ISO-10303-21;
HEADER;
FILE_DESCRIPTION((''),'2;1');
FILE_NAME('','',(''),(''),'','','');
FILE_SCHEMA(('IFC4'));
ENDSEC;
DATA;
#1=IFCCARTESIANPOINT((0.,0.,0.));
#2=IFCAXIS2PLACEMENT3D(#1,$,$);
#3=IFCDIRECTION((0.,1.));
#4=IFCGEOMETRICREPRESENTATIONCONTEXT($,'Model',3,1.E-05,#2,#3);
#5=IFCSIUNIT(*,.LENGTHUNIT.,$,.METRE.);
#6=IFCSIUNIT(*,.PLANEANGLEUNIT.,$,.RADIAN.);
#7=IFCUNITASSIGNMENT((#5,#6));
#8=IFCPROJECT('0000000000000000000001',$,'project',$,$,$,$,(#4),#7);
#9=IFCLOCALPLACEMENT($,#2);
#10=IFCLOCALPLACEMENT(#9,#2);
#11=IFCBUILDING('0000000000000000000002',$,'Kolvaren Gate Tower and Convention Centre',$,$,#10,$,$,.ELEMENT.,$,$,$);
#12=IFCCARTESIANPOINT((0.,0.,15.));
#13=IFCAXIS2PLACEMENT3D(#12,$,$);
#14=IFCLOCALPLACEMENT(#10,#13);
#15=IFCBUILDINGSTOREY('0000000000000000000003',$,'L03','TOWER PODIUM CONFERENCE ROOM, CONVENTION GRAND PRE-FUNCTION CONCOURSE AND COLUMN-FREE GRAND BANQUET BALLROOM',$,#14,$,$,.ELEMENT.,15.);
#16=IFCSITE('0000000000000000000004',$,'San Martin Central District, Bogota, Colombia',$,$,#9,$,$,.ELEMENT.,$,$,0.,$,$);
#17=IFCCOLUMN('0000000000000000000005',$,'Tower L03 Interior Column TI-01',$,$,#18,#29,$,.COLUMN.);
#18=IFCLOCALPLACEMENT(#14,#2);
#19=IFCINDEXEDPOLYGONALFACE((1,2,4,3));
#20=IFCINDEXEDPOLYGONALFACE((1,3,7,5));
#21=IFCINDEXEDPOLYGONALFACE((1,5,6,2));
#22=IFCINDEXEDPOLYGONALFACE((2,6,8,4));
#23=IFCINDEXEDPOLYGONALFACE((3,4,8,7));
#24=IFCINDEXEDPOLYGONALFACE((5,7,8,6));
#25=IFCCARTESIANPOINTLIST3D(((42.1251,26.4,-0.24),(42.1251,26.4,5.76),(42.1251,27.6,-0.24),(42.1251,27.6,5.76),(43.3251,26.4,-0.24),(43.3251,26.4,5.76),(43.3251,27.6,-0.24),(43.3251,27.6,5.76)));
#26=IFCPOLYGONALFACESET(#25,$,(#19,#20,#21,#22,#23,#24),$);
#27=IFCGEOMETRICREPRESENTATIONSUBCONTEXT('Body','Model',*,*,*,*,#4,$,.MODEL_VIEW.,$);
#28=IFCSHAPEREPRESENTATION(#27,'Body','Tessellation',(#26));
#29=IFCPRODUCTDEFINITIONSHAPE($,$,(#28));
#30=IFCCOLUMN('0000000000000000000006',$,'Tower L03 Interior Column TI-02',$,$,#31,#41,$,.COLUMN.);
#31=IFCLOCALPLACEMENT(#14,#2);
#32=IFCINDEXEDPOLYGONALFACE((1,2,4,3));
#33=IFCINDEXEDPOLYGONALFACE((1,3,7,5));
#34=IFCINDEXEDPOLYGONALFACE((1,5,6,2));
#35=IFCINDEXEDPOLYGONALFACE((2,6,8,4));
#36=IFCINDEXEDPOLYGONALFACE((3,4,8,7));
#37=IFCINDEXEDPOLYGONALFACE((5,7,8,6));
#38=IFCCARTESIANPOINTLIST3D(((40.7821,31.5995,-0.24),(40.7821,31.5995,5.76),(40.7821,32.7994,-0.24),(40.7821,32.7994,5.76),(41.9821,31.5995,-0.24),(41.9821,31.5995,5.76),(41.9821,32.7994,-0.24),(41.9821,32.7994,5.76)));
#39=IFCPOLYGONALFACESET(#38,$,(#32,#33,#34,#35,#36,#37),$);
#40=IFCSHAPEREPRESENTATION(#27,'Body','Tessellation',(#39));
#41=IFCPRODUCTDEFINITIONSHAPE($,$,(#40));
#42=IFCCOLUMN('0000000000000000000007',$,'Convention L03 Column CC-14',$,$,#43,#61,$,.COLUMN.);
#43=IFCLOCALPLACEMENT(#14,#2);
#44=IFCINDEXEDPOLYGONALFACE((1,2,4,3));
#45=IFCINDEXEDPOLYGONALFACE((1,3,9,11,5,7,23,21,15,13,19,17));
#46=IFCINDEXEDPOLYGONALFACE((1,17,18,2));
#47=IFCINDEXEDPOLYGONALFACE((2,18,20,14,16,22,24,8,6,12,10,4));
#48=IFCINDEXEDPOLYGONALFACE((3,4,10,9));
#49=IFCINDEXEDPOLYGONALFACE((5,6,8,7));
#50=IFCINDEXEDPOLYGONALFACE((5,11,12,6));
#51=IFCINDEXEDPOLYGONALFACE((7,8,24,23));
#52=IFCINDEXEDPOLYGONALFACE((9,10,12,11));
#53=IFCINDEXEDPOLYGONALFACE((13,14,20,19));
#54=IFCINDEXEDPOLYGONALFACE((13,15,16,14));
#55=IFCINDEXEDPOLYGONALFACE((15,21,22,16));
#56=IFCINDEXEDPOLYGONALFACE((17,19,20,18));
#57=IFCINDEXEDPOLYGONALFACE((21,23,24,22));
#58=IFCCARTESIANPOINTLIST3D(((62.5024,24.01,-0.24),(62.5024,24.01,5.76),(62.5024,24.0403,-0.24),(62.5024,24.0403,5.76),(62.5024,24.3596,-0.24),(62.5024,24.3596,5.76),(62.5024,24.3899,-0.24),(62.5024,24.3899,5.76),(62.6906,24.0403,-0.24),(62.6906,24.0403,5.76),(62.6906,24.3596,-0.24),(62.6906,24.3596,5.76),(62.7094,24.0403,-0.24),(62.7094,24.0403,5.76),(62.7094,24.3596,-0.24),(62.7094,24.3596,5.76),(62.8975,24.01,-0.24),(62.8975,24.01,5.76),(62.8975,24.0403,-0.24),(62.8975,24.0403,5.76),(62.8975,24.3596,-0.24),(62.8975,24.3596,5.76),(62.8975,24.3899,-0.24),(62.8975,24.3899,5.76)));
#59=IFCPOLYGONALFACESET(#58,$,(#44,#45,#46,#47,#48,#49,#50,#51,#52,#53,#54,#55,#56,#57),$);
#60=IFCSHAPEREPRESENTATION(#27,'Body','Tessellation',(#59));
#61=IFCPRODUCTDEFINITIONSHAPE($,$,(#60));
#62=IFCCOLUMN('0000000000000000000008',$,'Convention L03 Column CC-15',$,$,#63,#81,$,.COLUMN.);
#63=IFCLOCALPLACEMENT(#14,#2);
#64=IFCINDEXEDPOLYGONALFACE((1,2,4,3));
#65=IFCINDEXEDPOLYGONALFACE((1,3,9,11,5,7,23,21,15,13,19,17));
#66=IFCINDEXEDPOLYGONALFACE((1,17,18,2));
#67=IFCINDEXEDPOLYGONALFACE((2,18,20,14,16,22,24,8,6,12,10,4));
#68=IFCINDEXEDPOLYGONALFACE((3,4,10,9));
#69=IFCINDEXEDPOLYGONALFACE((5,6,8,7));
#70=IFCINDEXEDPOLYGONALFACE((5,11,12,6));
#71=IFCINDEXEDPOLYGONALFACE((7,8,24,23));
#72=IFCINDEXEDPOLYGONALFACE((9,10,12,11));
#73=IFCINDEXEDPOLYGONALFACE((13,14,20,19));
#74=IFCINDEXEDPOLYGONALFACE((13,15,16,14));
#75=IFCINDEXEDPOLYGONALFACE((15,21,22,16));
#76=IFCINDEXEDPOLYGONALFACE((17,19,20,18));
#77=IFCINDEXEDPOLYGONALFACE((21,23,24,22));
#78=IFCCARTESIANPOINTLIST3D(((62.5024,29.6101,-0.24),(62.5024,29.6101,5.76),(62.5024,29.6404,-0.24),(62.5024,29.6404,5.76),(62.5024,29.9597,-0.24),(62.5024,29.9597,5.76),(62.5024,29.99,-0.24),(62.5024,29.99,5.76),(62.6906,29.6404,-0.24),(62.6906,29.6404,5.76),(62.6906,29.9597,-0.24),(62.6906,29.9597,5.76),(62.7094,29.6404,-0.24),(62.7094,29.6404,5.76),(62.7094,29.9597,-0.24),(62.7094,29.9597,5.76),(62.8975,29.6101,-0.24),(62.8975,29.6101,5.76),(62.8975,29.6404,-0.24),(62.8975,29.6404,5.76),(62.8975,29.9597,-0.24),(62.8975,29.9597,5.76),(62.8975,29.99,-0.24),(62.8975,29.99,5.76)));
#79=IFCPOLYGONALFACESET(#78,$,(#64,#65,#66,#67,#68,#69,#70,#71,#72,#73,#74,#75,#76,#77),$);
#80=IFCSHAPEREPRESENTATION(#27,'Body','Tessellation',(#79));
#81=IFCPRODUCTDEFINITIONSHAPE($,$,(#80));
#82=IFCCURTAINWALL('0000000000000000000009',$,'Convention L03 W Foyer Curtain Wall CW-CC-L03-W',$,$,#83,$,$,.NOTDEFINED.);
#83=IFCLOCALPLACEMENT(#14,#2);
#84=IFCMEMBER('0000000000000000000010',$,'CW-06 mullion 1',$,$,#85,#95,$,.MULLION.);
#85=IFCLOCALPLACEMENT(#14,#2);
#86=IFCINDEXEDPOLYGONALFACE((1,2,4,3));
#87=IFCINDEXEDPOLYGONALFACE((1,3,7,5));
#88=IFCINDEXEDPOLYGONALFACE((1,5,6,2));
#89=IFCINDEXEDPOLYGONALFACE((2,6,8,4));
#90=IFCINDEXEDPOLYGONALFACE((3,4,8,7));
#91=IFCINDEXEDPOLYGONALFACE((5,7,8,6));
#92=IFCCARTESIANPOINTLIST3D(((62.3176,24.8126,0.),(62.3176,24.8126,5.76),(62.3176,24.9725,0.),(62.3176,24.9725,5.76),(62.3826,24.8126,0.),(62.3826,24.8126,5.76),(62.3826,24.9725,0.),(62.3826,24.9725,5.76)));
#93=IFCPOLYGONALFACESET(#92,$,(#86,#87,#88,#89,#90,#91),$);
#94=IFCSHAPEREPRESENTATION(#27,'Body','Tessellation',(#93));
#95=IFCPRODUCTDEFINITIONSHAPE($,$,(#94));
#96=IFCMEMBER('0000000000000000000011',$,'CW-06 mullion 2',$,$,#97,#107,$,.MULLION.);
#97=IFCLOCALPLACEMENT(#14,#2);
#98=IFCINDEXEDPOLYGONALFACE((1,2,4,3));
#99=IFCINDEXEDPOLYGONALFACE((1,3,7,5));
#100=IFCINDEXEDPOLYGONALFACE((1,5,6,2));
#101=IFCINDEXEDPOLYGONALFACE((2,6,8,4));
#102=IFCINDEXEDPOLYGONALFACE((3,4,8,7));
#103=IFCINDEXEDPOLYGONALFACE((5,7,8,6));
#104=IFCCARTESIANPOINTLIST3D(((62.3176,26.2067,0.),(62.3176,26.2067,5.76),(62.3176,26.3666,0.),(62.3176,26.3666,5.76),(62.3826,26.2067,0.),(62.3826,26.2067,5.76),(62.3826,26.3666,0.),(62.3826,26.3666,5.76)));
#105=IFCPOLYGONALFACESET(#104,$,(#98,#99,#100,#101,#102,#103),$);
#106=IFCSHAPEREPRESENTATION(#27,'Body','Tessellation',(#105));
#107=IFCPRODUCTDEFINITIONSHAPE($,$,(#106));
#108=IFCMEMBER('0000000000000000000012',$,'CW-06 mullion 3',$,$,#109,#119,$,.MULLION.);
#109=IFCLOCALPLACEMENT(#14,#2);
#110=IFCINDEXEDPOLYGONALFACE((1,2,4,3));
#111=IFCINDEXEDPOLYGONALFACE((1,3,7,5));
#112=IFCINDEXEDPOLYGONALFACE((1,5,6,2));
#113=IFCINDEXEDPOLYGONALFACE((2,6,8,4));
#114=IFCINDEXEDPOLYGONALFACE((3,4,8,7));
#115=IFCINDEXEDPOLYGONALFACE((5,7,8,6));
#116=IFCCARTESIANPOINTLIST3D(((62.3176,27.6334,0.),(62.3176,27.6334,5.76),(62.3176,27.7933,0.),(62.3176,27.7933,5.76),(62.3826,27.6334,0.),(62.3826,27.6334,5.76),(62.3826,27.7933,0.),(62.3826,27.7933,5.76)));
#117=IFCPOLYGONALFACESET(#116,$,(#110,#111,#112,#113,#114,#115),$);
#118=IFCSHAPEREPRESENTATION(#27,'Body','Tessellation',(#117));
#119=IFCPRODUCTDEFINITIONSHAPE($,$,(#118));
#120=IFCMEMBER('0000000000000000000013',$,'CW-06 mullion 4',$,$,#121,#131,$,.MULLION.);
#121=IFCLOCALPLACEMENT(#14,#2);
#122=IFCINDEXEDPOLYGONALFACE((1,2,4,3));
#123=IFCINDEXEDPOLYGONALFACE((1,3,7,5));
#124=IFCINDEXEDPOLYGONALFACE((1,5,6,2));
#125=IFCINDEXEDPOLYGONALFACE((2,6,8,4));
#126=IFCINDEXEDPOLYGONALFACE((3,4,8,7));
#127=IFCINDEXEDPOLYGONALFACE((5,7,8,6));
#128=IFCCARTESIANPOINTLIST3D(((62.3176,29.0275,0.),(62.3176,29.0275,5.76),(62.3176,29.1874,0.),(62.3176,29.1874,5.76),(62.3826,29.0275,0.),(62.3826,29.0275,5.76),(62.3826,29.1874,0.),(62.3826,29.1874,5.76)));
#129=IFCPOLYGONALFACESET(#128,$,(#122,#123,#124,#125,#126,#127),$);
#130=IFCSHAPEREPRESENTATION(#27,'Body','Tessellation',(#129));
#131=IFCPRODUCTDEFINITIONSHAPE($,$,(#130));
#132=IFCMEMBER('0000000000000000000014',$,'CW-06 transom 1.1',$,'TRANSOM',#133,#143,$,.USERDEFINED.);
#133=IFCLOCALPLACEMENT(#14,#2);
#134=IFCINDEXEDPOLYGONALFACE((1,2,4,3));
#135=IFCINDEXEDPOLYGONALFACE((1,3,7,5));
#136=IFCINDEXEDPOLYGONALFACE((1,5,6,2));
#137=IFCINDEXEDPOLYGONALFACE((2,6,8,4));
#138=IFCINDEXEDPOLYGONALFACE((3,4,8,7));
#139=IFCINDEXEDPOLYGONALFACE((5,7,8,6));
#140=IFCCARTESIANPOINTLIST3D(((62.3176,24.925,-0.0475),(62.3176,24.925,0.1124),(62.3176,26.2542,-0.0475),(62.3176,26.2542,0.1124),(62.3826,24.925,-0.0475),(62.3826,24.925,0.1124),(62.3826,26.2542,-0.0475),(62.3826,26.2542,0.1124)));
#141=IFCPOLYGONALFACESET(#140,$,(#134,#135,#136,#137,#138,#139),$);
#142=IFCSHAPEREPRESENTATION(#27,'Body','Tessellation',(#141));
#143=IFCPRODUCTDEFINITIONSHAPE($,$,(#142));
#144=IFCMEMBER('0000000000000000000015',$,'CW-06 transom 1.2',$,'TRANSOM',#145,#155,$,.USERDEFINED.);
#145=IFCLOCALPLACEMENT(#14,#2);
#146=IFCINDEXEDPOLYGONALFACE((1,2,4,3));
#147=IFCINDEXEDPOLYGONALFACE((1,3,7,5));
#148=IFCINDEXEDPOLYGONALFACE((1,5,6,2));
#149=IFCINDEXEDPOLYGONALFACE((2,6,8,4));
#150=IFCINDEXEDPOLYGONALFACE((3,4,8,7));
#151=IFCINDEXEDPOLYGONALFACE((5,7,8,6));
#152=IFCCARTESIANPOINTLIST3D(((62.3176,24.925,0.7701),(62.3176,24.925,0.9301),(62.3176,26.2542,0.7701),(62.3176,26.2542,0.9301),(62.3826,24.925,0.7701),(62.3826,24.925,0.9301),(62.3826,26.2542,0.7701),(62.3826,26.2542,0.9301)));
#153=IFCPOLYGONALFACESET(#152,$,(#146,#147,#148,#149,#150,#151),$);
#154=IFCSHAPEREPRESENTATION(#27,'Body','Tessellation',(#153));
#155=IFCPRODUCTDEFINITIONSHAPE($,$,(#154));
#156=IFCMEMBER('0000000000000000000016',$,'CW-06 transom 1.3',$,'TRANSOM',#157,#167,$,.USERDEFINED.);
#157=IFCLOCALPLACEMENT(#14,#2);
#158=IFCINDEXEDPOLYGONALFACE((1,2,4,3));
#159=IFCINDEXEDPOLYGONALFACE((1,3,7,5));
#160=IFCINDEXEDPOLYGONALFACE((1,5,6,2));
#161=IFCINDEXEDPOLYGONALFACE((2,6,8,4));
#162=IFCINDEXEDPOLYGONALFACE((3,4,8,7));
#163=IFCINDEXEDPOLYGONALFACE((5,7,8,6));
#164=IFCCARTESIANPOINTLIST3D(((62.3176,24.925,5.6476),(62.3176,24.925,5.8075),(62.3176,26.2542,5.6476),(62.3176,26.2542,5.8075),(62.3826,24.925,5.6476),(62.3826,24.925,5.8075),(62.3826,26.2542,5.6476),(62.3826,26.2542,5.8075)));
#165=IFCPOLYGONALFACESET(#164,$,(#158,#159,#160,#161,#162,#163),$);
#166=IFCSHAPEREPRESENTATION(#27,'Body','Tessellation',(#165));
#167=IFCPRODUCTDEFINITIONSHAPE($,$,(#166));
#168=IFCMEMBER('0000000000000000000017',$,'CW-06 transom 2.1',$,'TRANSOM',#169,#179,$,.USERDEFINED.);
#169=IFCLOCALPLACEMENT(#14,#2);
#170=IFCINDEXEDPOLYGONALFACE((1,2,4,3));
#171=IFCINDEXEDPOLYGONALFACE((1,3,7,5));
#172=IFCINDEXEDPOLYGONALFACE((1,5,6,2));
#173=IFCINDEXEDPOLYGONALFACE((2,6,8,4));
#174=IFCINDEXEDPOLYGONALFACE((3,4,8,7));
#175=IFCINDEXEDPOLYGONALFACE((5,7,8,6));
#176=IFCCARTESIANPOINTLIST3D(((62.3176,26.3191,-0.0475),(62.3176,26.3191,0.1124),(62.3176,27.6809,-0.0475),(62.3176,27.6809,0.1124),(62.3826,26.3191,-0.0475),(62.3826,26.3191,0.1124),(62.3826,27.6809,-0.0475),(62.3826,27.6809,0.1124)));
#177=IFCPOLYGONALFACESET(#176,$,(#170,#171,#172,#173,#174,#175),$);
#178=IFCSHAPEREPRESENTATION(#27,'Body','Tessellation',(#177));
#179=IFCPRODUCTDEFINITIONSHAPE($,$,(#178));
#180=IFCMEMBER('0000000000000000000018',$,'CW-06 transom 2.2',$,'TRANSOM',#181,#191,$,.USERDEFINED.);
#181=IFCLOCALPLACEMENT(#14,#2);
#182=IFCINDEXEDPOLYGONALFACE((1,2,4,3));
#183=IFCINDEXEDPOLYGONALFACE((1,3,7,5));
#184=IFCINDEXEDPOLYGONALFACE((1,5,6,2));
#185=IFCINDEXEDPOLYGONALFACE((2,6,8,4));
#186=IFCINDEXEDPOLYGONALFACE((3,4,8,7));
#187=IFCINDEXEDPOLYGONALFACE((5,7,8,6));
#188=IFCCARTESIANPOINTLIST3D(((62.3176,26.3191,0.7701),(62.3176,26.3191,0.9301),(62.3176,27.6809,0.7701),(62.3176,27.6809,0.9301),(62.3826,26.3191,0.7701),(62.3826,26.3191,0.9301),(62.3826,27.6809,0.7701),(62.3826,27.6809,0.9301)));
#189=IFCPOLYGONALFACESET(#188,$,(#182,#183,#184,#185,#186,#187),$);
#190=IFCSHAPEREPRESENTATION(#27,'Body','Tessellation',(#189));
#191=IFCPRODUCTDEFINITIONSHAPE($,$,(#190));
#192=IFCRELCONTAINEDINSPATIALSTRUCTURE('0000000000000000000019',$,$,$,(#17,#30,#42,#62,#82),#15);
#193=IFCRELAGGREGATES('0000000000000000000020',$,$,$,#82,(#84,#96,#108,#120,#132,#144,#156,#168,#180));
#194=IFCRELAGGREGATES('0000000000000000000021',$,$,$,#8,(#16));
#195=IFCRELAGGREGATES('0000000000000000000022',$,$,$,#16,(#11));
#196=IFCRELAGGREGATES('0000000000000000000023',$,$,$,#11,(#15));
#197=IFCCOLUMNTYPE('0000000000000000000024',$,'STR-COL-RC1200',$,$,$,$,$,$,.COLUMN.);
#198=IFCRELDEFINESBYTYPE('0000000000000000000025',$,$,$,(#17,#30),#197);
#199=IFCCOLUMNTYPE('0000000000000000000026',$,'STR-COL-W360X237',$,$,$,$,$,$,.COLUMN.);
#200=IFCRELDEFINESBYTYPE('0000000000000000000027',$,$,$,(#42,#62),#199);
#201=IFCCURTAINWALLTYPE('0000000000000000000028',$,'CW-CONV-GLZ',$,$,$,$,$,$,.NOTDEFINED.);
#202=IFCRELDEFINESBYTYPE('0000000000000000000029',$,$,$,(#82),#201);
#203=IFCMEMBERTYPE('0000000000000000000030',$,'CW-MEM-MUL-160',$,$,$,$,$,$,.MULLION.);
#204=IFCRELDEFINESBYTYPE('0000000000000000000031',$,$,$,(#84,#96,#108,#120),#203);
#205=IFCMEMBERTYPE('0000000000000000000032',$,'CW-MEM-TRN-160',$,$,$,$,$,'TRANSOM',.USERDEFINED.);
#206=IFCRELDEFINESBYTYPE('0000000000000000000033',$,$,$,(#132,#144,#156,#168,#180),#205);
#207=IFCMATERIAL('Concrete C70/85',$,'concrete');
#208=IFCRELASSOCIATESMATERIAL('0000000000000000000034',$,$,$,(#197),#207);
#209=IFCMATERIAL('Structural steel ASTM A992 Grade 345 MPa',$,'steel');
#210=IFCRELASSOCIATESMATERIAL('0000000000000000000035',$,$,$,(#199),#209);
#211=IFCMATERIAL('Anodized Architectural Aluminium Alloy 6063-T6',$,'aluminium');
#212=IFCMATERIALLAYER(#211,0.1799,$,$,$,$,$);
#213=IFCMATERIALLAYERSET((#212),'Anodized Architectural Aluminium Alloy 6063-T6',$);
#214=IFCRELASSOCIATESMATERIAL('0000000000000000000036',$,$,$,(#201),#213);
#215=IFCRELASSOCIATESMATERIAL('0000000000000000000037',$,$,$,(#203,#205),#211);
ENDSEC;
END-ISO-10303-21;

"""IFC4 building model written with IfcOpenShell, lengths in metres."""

from ifc_helpers import new_model, si_unit, direction, frame, origin, origin_2d, place, context, subcontext, project, spatial, rectangle, i_section, extrude, material, layer, layer_set, material_profile, profile_set, type_object, element, aggregate, save


model = new_model("IFC4")

# Units and contexts
model_context = context("Model", 3, precision=1e-05, world=origin(), true_north=direction((0.0, 1.0)))
body_context = subcontext(model_context, "Body", "Model", "MODEL_VIEW")
ifc_project = project(units=[si_unit("LENGTHUNIT", "METRE"), si_unit("PLANEANGLEUNIT", "RADIAN")], contexts=[model_context])

# Site, building, storey
site_placement = place(None, origin())
site = spatial("IfcSite", under=ifc_project, at=site_placement, Name="San Martin Central District, Bogota, Colombia", CompositionType="ELEMENT", RefElevation=0.0)
building_placement = place(site_placement, origin())
building = spatial("IfcBuilding", under=site, at=building_placement, Name="Kolvaren Gate Tower and Convention Centre", CompositionType="ELEMENT")
storey_placement = place(building_placement, frame((0.0, 0.0, 15.0)))
storey = spatial("IfcBuildingStorey", under=building, at=storey_placement, Name="L03", Description="TOWER PODIUM CONFERENCE ROOM, CONVENTION GRAND PRE-FUNCTION CONCOURSE AND COLUMN-FREE GRAND BANQUET BALLROOM", CompositionType="ELEMENT", Elevation=15.0)

# Columns
ifc_material_1 = material(Name="Concrete C70/85", Category="concrete")
ifc_material_profile_1 = material_profile(ifc_material_1, rectangle(XDim=1.2, YDim=1.2, at=origin_2d()), Name="RC-COL-1200X1200")
ifc_profile_set_1 = profile_set([ifc_material_profile_1], Name="Concrete C70/85")
column_type_1 = type_object("IfcColumnType", Name="STR-COL-RC1200", PredefinedType="COLUMN", material=ifc_profile_set_1)
for number, where, z_axis, x_axis, name in (
    (1, (42.7251, 27.0, -0.24), (0.0, 0.0, 1.0), (1.0, 0.0, 0.0), "Tower L03 Interior Column TI-01"),
    (2, (41.3821, 32.1995, -0.24), (0.0, 0.0, 1.0), (1.0, 0.0, 0.0), "Tower L03 Interior Column TI-02"),
):
    element("IfcColumn", number, at=place(storey_placement, frame(where, z_axis=z_axis, x_axis=x_axis)), inside=storey, type_object=column_type_1, Name=name, PredefinedType="COLUMN", context=body_context, shape_type="SweptSolid", body=[
        extrude(rectangle(XDim=1.2, YDim=1.2, at=origin_2d()), origin(), (0.0, 0.0, 1.0), 6.0),
    ])
ifc_material_2 = material(Name="Structural steel ASTM A992 Grade 345 MPa", Category="steel")
ifc_material_profile_2 = material_profile(ifc_material_2, i_section(OverallWidth=0.395, OverallDepth=0.3799, WebThickness=0.0188, FlangeThickness=0.0303, at=origin_2d()), Name="W360X237")
ifc_profile_set_2 = profile_set([ifc_material_profile_2], Name="Structural steel ASTM A992 Grade 345 MPa")
column_type_2 = type_object("IfcColumnType", Name="STR-COL-W360X237", PredefinedType="COLUMN", material=ifc_profile_set_2)
for number, where, z_axis, x_axis, name in (
    (3, (62.7, 24.2, -0.24), (0.0, 0.0, 1.0), (1.0, 0.0, 0.0), "Convention L03 Column CC-14"),
    (4, (62.7, 29.8, -0.24), (0.0, 0.0, 1.0), (1.0, 0.0, 0.0), "Convention L03 Column CC-15"),
):
    element("IfcColumn", number, at=place(storey_placement, frame(where, z_axis=z_axis, x_axis=x_axis)), inside=storey, type_object=column_type_2, Name=name, PredefinedType="COLUMN", context=body_context, shape_type="SweptSolid", body=[
        extrude(i_section(OverallWidth=0.395, OverallDepth=0.3799, WebThickness=0.0188, FlangeThickness=0.0303, at=origin_2d()), origin(), (0.0, 0.0, 1.0), 6.0),
    ])

# Curtain wall, members
ifc_material_3 = material(Name="Anodized Architectural Aluminium Alloy 6063-T6", Category="aluminium")
ifc_layer_1 = layer(ifc_material_3, 0.1799)
ifc_layer_set_1 = layer_set([ifc_layer_1], Name="Anodized Architectural Aluminium Alloy 6063-T6")
curtain_wall_type = type_object("IfcCurtainWallType", Name="CW-CONV-GLZ", PredefinedType="NOTDEFINED", material=ifc_layer_set_1)
curtain_wall_placement = place(storey_placement, origin())
curtain_wall = element("IfcCurtainWall", 5, at=curtain_wall_placement, inside=storey, type_object=curtain_wall_type, Name="Convention L03 W Foyer Curtain Wall CW-CC-L03-W", PredefinedType="NOTDEFINED")
ifc_material_profile_3 = material_profile(ifc_material_3, rectangle(XDim=0.0649, YDim=0.1599, at=origin_2d()), Name="CW-MEM-MUL-160")
ifc_profile_set_3 = profile_set([ifc_material_profile_3], Name="Anodized Architectural Aluminium Alloy 6063-T6")
member_type_1 = type_object("IfcMemberType", Name="CW-MEM-MUL-160", PredefinedType="MULLION", material=ifc_profile_set_3)
member_1_placement = place(storey_placement, frame((62.3501, 24.8926, 0.0), z_axis=(0.0, 0.0, 1.0), x_axis=(-1.0, 0.0, 0.0)))
member_1 = element("IfcMember", 6, at=member_1_placement, type_object=member_type_1, Name="CW-06 mullion 1", PredefinedType="MULLION", context=body_context, shape_type="SweptSolid", body=[
    extrude(rectangle(XDim=0.0649, YDim=0.1599, at=origin_2d()), origin(), (0.0, 0.0, 1.0), 5.76),
])
member_2_placement = place(storey_placement, frame((62.3501, 26.2866, 0.0), z_axis=(0.0, 0.0, 1.0), x_axis=(-1.0, 0.0, 0.0)))
member_2 = element("IfcMember", 7, at=member_2_placement, type_object=member_type_1, Name="CW-06 mullion 2", PredefinedType="MULLION", context=body_context, shape_type="SweptSolid", body=[
    extrude(rectangle(XDim=0.0649, YDim=0.1599, at=origin_2d()), origin(), (0.0, 0.0, 1.0), 5.76),
])
member_3_placement = place(storey_placement, frame((62.3501, 27.7134, 0.0), z_axis=(0.0, 0.0, 1.0), x_axis=(-1.0, 0.0, 0.0)))
member_3 = element("IfcMember", 8, at=member_3_placement, type_object=member_type_1, Name="CW-06 mullion 3", PredefinedType="MULLION", context=body_context, shape_type="SweptSolid", body=[
    extrude(rectangle(XDim=0.0649, YDim=0.1599, at=origin_2d()), origin(), (0.0, 0.0, 1.0), 5.76),
])
member_4_placement = place(storey_placement, frame((62.3501, 29.1074, 0.0), z_axis=(0.0, 0.0, 1.0), x_axis=(-1.0, 0.0, 0.0)))
member_4 = element("IfcMember", 9, at=member_4_placement, type_object=member_type_1, Name="CW-06 mullion 4", PredefinedType="MULLION", context=body_context, shape_type="SweptSolid", body=[
    extrude(rectangle(XDim=0.0649, YDim=0.1599, at=origin_2d()), origin(), (0.0, 0.0, 1.0), 5.76),
])
ifc_material_profile_4 = material_profile(ifc_material_3, rectangle(XDim=0.0649, YDim=0.1599, at=origin_2d()), Name="CW-MEM-TRN-160")
ifc_profile_set_4 = profile_set([ifc_material_profile_4], Name="Anodized Architectural Aluminium Alloy 6063-T6")
member_type_2 = type_object("IfcMemberType", Name="CW-MEM-TRN-160", ElementType="TRANSOM", PredefinedType="USERDEFINED", material=ifc_profile_set_4)
member_5_placement = place(storey_placement, frame((62.3501, 24.925, 0.0325), z_axis=(0.0, 1.0, 0.0), x_axis=(-1.0, 0.0, 0.0)))
member_5 = element("IfcMember", 10, at=member_5_placement, type_object=member_type_2, Name="CW-06 transom 1.1", ObjectType="TRANSOM", PredefinedType="USERDEFINED", context=body_context, shape_type="SweptSolid", body=[
    extrude(rectangle(XDim=0.0649, YDim=0.1599, at=origin_2d()), origin(), (0.0, 0.0, 1.0), 1.3291),
])
member_6_placement = place(storey_placement, frame((62.3501, 24.925, 0.8501), z_axis=(0.0, 1.0, 0.0), x_axis=(-1.0, 0.0, 0.0)))
member_6 = element("IfcMember", 11, at=member_6_placement, type_object=member_type_2, Name="CW-06 transom 1.2", ObjectType="TRANSOM", PredefinedType="USERDEFINED", context=body_context, shape_type="SweptSolid", body=[
    extrude(rectangle(XDim=0.0649, YDim=0.1599, at=origin_2d()), origin(), (0.0, 0.0, 1.0), 1.3291),
])
member_7_placement = place(storey_placement, frame((62.3501, 24.925, 5.7275), z_axis=(0.0, 1.0, 0.0), x_axis=(-1.0, 0.0, 0.0)))
member_7 = element("IfcMember", 12, at=member_7_placement, type_object=member_type_2, Name="CW-06 transom 1.3", ObjectType="TRANSOM", PredefinedType="USERDEFINED", context=body_context, shape_type="SweptSolid", body=[
    extrude(rectangle(XDim=0.0649, YDim=0.1599, at=origin_2d()), origin(), (0.0, 0.0, 1.0), 1.3291),
])
member_8_placement = place(storey_placement, frame((62.3501, 26.3191, 0.0325), z_axis=(0.0, 1.0, 0.0), x_axis=(-1.0, 0.0, 0.0)))
member_8 = element("IfcMember", 13, at=member_8_placement, type_object=member_type_2, Name="CW-06 transom 2.1", ObjectType="TRANSOM", PredefinedType="USERDEFINED", context=body_context, shape_type="SweptSolid", body=[
    extrude(rectangle(XDim=0.0649, YDim=0.1599, at=origin_2d()), origin(), (0.0, 0.0, 1.0), 1.3618),
])
member_9_placement = place(storey_placement, frame((62.3501, 26.3191, 0.8501), z_axis=(0.0, 1.0, 0.0), x_axis=(-1.0, 0.0, 0.0)))
member_9 = element("IfcMember", 14, at=member_9_placement, type_object=member_type_2, Name="CW-06 transom 2.2", ObjectType="TRANSOM", PredefinedType="USERDEFINED", context=body_context, shape_type="SweptSolid", body=[
    extrude(rectangle(XDim=0.0649, YDim=0.1599, at=origin_2d()), origin(), (0.0, 0.0, 1.0), 1.3618),
])

aggregate(curtain_wall, [member_1, member_2, member_3, member_4, member_5, member_6, member_7, member_8, member_9])

save(model, "model.ifc")
